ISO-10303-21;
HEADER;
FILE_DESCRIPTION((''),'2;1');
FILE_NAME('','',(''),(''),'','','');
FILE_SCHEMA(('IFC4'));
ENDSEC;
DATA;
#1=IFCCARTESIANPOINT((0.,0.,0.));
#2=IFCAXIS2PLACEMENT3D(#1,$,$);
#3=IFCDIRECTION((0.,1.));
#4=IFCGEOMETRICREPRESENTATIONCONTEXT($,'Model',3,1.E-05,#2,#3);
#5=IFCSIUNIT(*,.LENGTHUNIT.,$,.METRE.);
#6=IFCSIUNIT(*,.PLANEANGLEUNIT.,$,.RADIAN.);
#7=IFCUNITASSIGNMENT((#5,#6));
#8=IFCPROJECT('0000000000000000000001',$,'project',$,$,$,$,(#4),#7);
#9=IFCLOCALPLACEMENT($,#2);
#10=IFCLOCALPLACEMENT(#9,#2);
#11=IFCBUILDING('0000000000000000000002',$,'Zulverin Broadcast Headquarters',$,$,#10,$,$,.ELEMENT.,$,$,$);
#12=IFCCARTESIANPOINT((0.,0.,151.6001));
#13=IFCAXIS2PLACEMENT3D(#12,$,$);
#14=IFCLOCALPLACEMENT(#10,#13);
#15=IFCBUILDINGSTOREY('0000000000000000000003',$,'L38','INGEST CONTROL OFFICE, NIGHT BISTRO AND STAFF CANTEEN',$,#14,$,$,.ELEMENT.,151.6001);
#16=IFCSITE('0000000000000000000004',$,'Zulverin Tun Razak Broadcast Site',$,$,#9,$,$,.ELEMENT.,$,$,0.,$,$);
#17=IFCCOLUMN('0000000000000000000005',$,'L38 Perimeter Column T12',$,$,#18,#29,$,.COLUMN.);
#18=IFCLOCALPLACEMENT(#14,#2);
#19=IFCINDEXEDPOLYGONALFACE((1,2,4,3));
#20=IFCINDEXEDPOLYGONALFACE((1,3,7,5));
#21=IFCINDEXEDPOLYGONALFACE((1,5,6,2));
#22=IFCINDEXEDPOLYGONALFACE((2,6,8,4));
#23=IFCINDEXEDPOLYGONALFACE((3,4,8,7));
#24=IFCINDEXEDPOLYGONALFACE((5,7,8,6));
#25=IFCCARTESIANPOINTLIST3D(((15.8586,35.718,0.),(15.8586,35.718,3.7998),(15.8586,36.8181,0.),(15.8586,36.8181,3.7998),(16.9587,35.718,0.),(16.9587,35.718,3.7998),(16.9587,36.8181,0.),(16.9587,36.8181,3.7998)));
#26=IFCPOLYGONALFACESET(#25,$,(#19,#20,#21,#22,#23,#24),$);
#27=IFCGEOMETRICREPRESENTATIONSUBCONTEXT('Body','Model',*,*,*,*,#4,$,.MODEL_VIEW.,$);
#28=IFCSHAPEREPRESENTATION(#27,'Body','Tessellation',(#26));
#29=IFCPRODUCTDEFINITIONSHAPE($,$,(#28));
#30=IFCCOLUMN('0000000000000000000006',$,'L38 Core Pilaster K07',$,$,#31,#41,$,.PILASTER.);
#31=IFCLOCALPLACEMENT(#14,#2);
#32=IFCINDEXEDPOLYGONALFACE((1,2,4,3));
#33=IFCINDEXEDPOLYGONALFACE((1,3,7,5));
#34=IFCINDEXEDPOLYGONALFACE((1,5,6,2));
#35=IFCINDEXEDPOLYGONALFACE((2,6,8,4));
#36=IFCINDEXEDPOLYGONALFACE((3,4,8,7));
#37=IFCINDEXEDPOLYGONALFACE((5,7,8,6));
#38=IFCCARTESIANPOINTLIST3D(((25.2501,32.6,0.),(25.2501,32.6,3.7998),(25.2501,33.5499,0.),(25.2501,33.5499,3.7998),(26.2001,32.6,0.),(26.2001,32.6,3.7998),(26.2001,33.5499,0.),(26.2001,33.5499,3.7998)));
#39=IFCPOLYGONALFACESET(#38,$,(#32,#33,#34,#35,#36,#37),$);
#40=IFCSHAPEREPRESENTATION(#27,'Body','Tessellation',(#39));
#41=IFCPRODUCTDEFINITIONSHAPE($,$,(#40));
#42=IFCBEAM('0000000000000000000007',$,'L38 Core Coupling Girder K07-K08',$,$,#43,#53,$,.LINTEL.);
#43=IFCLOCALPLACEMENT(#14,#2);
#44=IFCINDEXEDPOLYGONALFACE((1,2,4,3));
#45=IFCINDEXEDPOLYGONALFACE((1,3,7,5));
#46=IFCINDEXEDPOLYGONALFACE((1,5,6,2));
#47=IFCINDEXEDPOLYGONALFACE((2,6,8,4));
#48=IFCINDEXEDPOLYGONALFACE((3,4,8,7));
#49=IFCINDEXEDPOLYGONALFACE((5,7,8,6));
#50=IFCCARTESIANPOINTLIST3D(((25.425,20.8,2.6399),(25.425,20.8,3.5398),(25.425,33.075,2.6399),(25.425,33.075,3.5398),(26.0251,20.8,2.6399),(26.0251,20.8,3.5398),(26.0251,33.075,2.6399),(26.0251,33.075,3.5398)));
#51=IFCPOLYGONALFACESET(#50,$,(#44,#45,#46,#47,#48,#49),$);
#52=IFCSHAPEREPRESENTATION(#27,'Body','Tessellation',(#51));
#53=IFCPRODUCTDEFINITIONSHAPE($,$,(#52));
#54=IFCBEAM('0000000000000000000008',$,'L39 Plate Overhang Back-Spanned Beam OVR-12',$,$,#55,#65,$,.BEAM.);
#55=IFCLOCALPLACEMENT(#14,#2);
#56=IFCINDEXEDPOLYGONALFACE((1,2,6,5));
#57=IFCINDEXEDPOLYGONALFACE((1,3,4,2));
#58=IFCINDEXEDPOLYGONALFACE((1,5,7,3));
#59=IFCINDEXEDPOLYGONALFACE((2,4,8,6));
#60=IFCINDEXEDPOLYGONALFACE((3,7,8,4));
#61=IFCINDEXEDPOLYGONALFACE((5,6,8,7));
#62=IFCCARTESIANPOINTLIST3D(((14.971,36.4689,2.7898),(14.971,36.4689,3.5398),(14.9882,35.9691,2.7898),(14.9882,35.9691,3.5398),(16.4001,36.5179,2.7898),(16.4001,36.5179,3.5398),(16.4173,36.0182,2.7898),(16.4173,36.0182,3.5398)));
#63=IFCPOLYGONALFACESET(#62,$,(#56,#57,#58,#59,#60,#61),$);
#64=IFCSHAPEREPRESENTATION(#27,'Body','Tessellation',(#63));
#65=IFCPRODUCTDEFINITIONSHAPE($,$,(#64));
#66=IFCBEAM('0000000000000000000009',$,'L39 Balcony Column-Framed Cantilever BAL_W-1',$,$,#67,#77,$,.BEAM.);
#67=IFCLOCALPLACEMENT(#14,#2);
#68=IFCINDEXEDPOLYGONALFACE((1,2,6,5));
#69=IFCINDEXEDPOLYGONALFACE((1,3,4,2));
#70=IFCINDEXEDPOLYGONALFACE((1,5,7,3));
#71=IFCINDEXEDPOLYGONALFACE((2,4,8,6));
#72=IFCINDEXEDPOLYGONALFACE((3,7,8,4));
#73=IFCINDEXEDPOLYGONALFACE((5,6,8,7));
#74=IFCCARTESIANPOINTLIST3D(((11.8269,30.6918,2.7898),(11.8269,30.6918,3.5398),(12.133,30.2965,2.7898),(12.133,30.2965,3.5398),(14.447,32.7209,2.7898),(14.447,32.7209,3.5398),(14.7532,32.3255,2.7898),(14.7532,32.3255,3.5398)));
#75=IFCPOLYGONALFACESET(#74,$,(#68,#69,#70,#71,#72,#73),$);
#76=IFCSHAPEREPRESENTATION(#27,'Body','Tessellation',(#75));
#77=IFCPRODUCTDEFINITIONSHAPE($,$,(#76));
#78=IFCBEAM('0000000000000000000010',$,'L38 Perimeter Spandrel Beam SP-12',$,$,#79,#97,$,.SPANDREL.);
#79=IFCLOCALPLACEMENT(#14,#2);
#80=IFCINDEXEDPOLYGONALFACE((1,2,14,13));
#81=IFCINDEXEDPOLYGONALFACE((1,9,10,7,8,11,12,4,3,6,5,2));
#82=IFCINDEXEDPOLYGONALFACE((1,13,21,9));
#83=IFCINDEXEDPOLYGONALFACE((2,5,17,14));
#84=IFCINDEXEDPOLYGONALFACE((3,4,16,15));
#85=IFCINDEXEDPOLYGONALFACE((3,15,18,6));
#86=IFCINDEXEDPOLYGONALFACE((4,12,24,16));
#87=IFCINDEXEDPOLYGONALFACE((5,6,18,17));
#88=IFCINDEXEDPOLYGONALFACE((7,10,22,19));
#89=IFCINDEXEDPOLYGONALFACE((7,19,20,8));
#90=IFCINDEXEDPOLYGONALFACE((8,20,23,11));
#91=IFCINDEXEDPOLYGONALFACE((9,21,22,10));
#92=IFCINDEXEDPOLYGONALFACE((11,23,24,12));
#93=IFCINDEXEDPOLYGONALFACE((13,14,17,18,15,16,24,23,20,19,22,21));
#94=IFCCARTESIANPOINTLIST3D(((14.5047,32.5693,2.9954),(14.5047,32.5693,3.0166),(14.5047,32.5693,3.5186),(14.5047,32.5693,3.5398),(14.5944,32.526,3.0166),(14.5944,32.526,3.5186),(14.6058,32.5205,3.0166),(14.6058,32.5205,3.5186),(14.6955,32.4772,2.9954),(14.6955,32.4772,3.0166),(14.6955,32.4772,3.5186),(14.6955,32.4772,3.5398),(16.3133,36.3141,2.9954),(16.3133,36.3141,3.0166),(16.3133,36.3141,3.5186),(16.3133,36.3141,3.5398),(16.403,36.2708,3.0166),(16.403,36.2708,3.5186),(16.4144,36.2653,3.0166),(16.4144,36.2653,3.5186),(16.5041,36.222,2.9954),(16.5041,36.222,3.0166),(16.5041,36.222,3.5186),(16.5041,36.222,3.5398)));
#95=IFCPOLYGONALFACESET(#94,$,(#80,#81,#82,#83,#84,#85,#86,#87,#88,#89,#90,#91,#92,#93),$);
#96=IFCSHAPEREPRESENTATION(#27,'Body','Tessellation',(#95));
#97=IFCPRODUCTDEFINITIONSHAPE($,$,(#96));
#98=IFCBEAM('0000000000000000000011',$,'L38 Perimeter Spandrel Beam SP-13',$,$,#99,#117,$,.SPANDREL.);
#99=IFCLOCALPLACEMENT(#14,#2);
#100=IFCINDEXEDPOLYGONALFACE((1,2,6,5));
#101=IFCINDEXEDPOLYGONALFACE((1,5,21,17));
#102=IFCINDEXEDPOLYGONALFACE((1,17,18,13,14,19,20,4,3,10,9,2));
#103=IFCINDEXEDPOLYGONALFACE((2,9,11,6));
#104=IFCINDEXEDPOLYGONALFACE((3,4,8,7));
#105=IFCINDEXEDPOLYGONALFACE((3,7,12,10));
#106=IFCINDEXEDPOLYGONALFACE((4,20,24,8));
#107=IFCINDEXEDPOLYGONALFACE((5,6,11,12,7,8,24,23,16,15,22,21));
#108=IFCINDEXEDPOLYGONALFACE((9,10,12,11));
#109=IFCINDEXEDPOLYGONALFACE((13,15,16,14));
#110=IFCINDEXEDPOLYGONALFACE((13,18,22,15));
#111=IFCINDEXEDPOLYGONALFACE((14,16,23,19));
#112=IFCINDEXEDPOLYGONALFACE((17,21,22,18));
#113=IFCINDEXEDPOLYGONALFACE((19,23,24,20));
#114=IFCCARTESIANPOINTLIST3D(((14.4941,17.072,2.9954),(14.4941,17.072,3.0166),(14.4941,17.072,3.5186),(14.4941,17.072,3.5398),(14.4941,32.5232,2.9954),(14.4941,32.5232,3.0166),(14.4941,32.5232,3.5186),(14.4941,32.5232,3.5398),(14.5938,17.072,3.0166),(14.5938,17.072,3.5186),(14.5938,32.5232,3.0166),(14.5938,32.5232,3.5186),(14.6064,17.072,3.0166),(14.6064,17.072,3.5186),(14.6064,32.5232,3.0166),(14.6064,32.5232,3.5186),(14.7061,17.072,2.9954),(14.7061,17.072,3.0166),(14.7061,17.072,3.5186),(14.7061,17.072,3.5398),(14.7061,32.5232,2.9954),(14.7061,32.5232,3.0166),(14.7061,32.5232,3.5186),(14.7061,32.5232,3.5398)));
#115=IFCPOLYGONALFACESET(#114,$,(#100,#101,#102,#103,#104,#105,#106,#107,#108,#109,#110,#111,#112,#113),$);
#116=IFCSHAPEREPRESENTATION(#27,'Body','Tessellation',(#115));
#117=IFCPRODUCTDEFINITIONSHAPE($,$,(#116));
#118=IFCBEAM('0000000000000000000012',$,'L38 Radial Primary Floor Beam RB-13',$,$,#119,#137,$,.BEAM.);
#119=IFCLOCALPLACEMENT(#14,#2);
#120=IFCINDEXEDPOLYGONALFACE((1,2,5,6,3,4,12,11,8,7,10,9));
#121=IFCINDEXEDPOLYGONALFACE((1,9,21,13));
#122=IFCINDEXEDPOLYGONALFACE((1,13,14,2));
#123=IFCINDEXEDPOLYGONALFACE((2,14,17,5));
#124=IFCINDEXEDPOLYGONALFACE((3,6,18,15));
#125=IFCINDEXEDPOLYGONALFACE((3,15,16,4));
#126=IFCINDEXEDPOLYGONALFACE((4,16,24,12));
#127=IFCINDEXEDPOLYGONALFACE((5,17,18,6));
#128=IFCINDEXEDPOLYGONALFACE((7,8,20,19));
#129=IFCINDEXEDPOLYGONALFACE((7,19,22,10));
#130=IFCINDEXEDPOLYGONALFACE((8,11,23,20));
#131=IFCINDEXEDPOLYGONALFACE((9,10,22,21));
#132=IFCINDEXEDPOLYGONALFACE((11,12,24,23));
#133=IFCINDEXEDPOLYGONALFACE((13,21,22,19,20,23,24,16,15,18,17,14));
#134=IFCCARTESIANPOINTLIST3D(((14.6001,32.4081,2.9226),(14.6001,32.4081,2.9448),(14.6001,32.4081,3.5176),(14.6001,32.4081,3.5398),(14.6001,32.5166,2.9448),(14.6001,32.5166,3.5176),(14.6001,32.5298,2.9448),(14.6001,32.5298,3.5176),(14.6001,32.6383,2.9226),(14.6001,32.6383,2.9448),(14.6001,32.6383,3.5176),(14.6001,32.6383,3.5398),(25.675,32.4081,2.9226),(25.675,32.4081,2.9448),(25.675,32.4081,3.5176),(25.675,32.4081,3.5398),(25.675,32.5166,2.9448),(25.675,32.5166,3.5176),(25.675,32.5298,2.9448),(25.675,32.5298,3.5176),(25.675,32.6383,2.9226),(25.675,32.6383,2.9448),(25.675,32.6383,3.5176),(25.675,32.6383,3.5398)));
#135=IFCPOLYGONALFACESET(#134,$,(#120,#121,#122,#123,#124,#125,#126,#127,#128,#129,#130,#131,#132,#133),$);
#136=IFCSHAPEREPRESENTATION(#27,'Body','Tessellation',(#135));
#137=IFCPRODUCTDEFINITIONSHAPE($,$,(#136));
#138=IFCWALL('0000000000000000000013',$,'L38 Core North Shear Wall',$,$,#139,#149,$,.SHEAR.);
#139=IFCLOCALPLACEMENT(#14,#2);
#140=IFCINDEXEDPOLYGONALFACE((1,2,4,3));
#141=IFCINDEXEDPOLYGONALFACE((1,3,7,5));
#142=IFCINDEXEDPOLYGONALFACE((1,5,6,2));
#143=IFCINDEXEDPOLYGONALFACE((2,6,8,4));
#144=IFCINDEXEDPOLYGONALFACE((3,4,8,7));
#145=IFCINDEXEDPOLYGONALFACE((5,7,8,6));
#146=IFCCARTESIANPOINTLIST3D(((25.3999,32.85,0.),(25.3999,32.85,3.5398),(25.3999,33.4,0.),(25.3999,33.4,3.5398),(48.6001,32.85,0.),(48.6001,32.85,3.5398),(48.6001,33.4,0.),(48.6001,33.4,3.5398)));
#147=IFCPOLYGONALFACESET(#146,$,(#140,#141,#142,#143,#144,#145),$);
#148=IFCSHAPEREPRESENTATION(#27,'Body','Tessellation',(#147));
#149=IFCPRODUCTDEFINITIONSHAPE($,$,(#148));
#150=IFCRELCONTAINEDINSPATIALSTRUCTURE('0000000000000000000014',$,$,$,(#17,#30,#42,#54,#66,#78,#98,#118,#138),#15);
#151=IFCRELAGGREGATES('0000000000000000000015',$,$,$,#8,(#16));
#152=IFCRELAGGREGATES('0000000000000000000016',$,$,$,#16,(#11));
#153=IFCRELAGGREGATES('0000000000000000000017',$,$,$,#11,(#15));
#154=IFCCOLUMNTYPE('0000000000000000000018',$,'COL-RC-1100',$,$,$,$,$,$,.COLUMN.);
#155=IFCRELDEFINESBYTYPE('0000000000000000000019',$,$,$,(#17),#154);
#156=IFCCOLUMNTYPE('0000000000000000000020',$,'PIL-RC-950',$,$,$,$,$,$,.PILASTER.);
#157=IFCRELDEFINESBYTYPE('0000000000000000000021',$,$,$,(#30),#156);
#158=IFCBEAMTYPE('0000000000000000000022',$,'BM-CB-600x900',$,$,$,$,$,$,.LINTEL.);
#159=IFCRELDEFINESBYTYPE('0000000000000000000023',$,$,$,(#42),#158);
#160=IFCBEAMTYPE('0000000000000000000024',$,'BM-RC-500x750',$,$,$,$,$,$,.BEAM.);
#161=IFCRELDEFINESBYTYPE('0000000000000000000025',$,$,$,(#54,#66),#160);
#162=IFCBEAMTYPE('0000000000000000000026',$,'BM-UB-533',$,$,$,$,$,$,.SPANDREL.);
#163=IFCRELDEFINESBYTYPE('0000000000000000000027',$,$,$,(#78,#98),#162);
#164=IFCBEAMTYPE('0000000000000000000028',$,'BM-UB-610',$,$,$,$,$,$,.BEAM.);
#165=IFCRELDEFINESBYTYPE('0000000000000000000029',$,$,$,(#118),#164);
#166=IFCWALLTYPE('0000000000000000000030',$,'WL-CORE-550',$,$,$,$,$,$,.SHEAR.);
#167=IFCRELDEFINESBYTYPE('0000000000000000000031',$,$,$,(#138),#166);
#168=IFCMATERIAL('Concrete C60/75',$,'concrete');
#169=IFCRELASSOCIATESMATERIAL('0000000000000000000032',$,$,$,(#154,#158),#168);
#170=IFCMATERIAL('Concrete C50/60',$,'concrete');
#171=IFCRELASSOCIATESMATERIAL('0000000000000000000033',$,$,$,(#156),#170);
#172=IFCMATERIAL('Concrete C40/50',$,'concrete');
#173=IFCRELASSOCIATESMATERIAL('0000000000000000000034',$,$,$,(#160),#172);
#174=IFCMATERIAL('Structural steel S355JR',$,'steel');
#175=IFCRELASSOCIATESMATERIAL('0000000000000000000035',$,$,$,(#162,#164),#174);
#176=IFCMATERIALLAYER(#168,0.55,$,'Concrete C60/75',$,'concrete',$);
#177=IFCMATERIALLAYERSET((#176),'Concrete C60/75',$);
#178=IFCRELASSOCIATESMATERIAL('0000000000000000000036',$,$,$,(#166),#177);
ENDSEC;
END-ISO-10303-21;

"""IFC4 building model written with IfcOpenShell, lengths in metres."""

from ifc_helpers import new_model, si_unit, direction, frame, frame_2d, origin, origin_2d, place, context, subcontext, project, spatial, rectangle, i_section, extrude, material, layer, layer_set, material_profile, profile_set, type_object, element, save


model = new_model("IFC4")

# Units and contexts
model_context = context("Model", 3, precision=1e-05, world=origin(), true_north=direction((0.0, 1.0)))
body_context = subcontext(model_context, "Body", "Model", "MODEL_VIEW")
ifc_project = project(units=[si_unit("LENGTHUNIT", "METRE"), si_unit("PLANEANGLEUNIT", "RADIAN")], contexts=[model_context])

# Site, building, storey
site_placement = place(None, origin())
site = spatial("IfcSite", under=ifc_project, at=site_placement, Name="Zulverin Tun Razak Broadcast Site", CompositionType="ELEMENT", RefElevation=0.0)
building_placement = place(site_placement, origin())
building = spatial("IfcBuilding", under=site, at=building_placement, Name="Zulverin Broadcast Headquarters", CompositionType="ELEMENT")
storey_placement = place(building_placement, frame((0.0, 0.0, 151.6001)))
storey = spatial("IfcBuildingStorey", under=building, at=storey_placement, Name="L38", Description="INGEST CONTROL OFFICE, NIGHT BISTRO AND STAFF CANTEEN", CompositionType="ELEMENT", Elevation=151.6001)

# Columns
ifc_material_1 = material(Name="Concrete C60/75", Category="concrete")
ifc_material_profile_1 = material_profile(ifc_material_1, rectangle(XDim=1.1001, YDim=1.1001, at=origin_2d()), Name="Concrete C60/75", Category="concrete")
ifc_profile_set_1 = profile_set([ifc_material_profile_1], Name="Concrete C60/75")
column_type_1 = type_object("IfcColumnType", Name="COL-RC-1100", PredefinedType="COLUMN", material=ifc_profile_set_1)
column_1_placement = place(storey_placement, frame((16.4087, 36.2681, 0.0), z_axis=(0.0, 0.0, 1.0), x_axis=(1.0, 0.0, 0.0)))
element("IfcColumn", 1, at=column_1_placement, inside=storey, type_object=column_type_1, Name="L38 Perimeter Column T12", PredefinedType="COLUMN", context=body_context, shape_type="SweptSolid", body=[
    extrude(rectangle(XDim=1.1001, YDim=1.1001, at=origin_2d()), origin(), (0.0, 0.0, 1.0), 3.7998),
])
ifc_material_2 = material(Name="Concrete C50/60", Category="concrete")
ifc_material_profile_2 = material_profile(ifc_material_2, rectangle(XDim=0.95, YDim=0.95, at=origin_2d()), Name="Concrete C50/60", Category="concrete")
ifc_profile_set_2 = profile_set([ifc_material_profile_2], Name="Concrete C50/60")
column_type_2 = type_object("IfcColumnType", Name="PIL-RC-950", PredefinedType="PILASTER", material=ifc_profile_set_2)
column_2_placement = place(storey_placement, frame((25.7251, 33.075, 0.0), z_axis=(0.0, 0.0, 1.0), x_axis=(1.0, 0.0, 0.0)))
element("IfcColumn", 2, at=column_2_placement, inside=storey, type_object=column_type_2, Name="L38 Core Pilaster K07", PredefinedType="PILASTER", context=body_context, shape_type="SweptSolid", body=[
    extrude(rectangle(XDim=0.95, YDim=0.95, at=origin_2d()), origin(), (0.0, 0.0, 1.0), 3.7998),
])

# Beams
ifc_material_profile_3 = material_profile(ifc_material_1, rectangle(XDim=0.6001, YDim=0.8999, at=origin_2d()), Name="Concrete C60/75", Category="concrete")
ifc_profile_set_3 = profile_set([ifc_material_profile_3], Name="Concrete C60/75")
beam_type_1 = type_object("IfcBeamType", Name="BM-CB-600x900", PredefinedType="LINTEL", material=ifc_profile_set_3)
beam_1_placement = place(storey_placement, frame((25.7251, 33.075, 3.0898), z_axis=(0.0, -1.0, 0.0), x_axis=(1.0, 0.0, 0.0)))
element("IfcBeam", 3, at=beam_1_placement, inside=storey, type_object=beam_type_1, Name="L38 Core Coupling Girder K07-K08", PredefinedType="LINTEL", context=body_context, shape_type="SweptSolid", body=[
    extrude(rectangle(XDim=0.6001, YDim=0.8999, at=origin_2d()), origin(), (0.0, 0.0, 1.0), 12.2749),
])
ifc_material_3 = material(Name="Concrete C40/50", Category="concrete")
ifc_material_profile_4 = material_profile(ifc_material_3, rectangle(XDim=0.5, YDim=0.75, at=origin_2d()), Name="Concrete C40/50", Category="concrete")
ifc_profile_set_4 = profile_set([ifc_material_profile_4], Name="Concrete C40/50")
beam_type_2 = type_object("IfcBeamType", Name="BM-RC-500x750", PredefinedType="BEAM", material=ifc_profile_set_4)
beam_2_placement = place(storey_placement, frame((16.4087, 36.2681, 3.1648), z_axis=(-0.999411, -0.034315, 0.0), x_axis=(0.034315, -0.999411, 0.0)))
element("IfcBeam", 4, at=beam_2_placement, inside=storey, type_object=beam_type_2, Name="L39 Plate Overhang Back-Spanned Beam OVR-12", PredefinedType="BEAM", context=body_context, shape_type="SweptSolid", body=[
    extrude(rectangle(XDim=0.5, YDim=0.75, at=origin_2d()), origin(), (0.0, 0.0, 1.0), 1.4299),
])
beam_3_placement = place(storey_placement, frame((14.6001, 32.5232, 3.1648), z_axis=(-0.79064, -0.612282, 0.0), x_axis=(0.612282, -0.79064, 0.0)))
element("IfcBeam", 5, at=beam_3_placement, inside=storey, type_object=beam_type_2, Name="L39 Balcony Column-Framed Cantilever BAL_W-1", PredefinedType="BEAM", context=body_context, shape_type="SweptSolid", body=[
    extrude(rectangle(XDim=0.5, YDim=0.75, at=origin_2d()), origin(), (0.0, 0.0, 1.0), 3.314),
])
ifc_material_4 = material(Name="Structural steel S355JR", Category="steel")
ifc_material_profile_5 = material_profile(ifc_material_4, i_section(OverallWidth=0.2119, OverallDepth=0.5444, WebThickness=0.0127, FlangeThickness=0.0212, at=origin_2d()), Name="Structural steel S355JR", Category="steel")
ifc_profile_set_5 = profile_set([ifc_material_profile_5], Name="Structural steel S355JR")
beam_type_3 = type_object("IfcBeamType", Name="BM-UB-533", PredefinedType="SPANDREL", material=ifc_profile_set_5)
beam_4_placement = place(storey_placement, frame((16.4087, 36.2681, 3.2676), z_axis=(-0.43489, -0.900483, 0.0), x_axis=(0.900483, -0.43489, 0.0)))
element("IfcBeam", 6, at=beam_4_placement, inside=storey, type_object=beam_type_3, Name="L38 Perimeter Spandrel Beam SP-12", PredefinedType="SPANDREL", context=body_context, shape_type="SweptSolid", body=[
    extrude(i_section(OverallWidth=0.2119, OverallDepth=0.5444, WebThickness=0.0127, FlangeThickness=0.0212, at=origin_2d()), origin(), (0.0, 0.0, 1.0), 4.1587),
])
beam_5_placement = place(storey_placement, frame((14.6001, 32.5232, 3.2676), z_axis=(0.0, -1.0, 0.0), x_axis=(1.0, 0.0, 0.0)))
element("IfcBeam", 7, at=beam_5_placement, inside=storey, type_object=beam_type_3, Name="L38 Perimeter Spandrel Beam SP-13", PredefinedType="SPANDREL", context=body_context, shape_type="SweptSolid", body=[
    extrude(i_section(OverallWidth=0.2119, OverallDepth=0.5444, WebThickness=0.0127, FlangeThickness=0.0212, at=origin_2d()), origin(), (0.0, 0.0, 1.0), 15.4512),
])
ifc_material_profile_6 = material_profile(ifc_material_4, i_section(OverallWidth=0.2302, OverallDepth=0.6172, WebThickness=0.0132, FlangeThickness=0.0222, at=origin_2d()), Name="Structural steel S355JR", Category="steel")
ifc_profile_set_6 = profile_set([ifc_material_profile_6], Name="Structural steel S355JR")
beam_type_4 = type_object("IfcBeamType", Name="BM-UB-610", PredefinedType="BEAM", material=ifc_profile_set_6)
beam_6_placement = place(storey_placement, frame((25.675, 32.5232, 3.2312), z_axis=(-1.0, 0.0, 0.0), x_axis=(0.0, -1.0, 0.0)))
element("IfcBeam", 8, at=beam_6_placement, inside=storey, type_object=beam_type_4, Name="L38 Radial Primary Floor Beam RB-13", PredefinedType="BEAM", context=body_context, shape_type="SweptSolid", body=[
    extrude(i_section(OverallWidth=0.2302, OverallDepth=0.6172, WebThickness=0.0132, FlangeThickness=0.0222, at=origin_2d()), origin(), (0.0, 0.0, 1.0), 11.075),
])

# Wall
ifc_layer_1 = layer(ifc_material_1, 0.55, Name="Concrete C60/75", Category="concrete")
ifc_layer_set_1 = layer_set([ifc_layer_1], Name="Concrete C60/75")
wall_type_1 = type_object("IfcWallType", Name="WL-CORE-550", PredefinedType="SHEAR", material=ifc_layer_set_1)
wall_1_placement = place(storey_placement, frame((25.3999, 33.125, 0.0), z_axis=(0.0, 0.0, 1.0), x_axis=(1.0, 0.0, 0.0)))
element("IfcWall", 9, at=wall_1_placement, inside=storey, type_object=wall_type_1, Name="L38 Core North Shear Wall", PredefinedType="SHEAR", context=body_context, shape_type="SweptSolid", body=[
    extrude(rectangle(XDim=23.2002, YDim=0.55, at=frame_2d((11.6001, 0.0))), origin(), (0.0, 0.0, 1.0), 3.5398),
])

save(model, "model.ifc")
